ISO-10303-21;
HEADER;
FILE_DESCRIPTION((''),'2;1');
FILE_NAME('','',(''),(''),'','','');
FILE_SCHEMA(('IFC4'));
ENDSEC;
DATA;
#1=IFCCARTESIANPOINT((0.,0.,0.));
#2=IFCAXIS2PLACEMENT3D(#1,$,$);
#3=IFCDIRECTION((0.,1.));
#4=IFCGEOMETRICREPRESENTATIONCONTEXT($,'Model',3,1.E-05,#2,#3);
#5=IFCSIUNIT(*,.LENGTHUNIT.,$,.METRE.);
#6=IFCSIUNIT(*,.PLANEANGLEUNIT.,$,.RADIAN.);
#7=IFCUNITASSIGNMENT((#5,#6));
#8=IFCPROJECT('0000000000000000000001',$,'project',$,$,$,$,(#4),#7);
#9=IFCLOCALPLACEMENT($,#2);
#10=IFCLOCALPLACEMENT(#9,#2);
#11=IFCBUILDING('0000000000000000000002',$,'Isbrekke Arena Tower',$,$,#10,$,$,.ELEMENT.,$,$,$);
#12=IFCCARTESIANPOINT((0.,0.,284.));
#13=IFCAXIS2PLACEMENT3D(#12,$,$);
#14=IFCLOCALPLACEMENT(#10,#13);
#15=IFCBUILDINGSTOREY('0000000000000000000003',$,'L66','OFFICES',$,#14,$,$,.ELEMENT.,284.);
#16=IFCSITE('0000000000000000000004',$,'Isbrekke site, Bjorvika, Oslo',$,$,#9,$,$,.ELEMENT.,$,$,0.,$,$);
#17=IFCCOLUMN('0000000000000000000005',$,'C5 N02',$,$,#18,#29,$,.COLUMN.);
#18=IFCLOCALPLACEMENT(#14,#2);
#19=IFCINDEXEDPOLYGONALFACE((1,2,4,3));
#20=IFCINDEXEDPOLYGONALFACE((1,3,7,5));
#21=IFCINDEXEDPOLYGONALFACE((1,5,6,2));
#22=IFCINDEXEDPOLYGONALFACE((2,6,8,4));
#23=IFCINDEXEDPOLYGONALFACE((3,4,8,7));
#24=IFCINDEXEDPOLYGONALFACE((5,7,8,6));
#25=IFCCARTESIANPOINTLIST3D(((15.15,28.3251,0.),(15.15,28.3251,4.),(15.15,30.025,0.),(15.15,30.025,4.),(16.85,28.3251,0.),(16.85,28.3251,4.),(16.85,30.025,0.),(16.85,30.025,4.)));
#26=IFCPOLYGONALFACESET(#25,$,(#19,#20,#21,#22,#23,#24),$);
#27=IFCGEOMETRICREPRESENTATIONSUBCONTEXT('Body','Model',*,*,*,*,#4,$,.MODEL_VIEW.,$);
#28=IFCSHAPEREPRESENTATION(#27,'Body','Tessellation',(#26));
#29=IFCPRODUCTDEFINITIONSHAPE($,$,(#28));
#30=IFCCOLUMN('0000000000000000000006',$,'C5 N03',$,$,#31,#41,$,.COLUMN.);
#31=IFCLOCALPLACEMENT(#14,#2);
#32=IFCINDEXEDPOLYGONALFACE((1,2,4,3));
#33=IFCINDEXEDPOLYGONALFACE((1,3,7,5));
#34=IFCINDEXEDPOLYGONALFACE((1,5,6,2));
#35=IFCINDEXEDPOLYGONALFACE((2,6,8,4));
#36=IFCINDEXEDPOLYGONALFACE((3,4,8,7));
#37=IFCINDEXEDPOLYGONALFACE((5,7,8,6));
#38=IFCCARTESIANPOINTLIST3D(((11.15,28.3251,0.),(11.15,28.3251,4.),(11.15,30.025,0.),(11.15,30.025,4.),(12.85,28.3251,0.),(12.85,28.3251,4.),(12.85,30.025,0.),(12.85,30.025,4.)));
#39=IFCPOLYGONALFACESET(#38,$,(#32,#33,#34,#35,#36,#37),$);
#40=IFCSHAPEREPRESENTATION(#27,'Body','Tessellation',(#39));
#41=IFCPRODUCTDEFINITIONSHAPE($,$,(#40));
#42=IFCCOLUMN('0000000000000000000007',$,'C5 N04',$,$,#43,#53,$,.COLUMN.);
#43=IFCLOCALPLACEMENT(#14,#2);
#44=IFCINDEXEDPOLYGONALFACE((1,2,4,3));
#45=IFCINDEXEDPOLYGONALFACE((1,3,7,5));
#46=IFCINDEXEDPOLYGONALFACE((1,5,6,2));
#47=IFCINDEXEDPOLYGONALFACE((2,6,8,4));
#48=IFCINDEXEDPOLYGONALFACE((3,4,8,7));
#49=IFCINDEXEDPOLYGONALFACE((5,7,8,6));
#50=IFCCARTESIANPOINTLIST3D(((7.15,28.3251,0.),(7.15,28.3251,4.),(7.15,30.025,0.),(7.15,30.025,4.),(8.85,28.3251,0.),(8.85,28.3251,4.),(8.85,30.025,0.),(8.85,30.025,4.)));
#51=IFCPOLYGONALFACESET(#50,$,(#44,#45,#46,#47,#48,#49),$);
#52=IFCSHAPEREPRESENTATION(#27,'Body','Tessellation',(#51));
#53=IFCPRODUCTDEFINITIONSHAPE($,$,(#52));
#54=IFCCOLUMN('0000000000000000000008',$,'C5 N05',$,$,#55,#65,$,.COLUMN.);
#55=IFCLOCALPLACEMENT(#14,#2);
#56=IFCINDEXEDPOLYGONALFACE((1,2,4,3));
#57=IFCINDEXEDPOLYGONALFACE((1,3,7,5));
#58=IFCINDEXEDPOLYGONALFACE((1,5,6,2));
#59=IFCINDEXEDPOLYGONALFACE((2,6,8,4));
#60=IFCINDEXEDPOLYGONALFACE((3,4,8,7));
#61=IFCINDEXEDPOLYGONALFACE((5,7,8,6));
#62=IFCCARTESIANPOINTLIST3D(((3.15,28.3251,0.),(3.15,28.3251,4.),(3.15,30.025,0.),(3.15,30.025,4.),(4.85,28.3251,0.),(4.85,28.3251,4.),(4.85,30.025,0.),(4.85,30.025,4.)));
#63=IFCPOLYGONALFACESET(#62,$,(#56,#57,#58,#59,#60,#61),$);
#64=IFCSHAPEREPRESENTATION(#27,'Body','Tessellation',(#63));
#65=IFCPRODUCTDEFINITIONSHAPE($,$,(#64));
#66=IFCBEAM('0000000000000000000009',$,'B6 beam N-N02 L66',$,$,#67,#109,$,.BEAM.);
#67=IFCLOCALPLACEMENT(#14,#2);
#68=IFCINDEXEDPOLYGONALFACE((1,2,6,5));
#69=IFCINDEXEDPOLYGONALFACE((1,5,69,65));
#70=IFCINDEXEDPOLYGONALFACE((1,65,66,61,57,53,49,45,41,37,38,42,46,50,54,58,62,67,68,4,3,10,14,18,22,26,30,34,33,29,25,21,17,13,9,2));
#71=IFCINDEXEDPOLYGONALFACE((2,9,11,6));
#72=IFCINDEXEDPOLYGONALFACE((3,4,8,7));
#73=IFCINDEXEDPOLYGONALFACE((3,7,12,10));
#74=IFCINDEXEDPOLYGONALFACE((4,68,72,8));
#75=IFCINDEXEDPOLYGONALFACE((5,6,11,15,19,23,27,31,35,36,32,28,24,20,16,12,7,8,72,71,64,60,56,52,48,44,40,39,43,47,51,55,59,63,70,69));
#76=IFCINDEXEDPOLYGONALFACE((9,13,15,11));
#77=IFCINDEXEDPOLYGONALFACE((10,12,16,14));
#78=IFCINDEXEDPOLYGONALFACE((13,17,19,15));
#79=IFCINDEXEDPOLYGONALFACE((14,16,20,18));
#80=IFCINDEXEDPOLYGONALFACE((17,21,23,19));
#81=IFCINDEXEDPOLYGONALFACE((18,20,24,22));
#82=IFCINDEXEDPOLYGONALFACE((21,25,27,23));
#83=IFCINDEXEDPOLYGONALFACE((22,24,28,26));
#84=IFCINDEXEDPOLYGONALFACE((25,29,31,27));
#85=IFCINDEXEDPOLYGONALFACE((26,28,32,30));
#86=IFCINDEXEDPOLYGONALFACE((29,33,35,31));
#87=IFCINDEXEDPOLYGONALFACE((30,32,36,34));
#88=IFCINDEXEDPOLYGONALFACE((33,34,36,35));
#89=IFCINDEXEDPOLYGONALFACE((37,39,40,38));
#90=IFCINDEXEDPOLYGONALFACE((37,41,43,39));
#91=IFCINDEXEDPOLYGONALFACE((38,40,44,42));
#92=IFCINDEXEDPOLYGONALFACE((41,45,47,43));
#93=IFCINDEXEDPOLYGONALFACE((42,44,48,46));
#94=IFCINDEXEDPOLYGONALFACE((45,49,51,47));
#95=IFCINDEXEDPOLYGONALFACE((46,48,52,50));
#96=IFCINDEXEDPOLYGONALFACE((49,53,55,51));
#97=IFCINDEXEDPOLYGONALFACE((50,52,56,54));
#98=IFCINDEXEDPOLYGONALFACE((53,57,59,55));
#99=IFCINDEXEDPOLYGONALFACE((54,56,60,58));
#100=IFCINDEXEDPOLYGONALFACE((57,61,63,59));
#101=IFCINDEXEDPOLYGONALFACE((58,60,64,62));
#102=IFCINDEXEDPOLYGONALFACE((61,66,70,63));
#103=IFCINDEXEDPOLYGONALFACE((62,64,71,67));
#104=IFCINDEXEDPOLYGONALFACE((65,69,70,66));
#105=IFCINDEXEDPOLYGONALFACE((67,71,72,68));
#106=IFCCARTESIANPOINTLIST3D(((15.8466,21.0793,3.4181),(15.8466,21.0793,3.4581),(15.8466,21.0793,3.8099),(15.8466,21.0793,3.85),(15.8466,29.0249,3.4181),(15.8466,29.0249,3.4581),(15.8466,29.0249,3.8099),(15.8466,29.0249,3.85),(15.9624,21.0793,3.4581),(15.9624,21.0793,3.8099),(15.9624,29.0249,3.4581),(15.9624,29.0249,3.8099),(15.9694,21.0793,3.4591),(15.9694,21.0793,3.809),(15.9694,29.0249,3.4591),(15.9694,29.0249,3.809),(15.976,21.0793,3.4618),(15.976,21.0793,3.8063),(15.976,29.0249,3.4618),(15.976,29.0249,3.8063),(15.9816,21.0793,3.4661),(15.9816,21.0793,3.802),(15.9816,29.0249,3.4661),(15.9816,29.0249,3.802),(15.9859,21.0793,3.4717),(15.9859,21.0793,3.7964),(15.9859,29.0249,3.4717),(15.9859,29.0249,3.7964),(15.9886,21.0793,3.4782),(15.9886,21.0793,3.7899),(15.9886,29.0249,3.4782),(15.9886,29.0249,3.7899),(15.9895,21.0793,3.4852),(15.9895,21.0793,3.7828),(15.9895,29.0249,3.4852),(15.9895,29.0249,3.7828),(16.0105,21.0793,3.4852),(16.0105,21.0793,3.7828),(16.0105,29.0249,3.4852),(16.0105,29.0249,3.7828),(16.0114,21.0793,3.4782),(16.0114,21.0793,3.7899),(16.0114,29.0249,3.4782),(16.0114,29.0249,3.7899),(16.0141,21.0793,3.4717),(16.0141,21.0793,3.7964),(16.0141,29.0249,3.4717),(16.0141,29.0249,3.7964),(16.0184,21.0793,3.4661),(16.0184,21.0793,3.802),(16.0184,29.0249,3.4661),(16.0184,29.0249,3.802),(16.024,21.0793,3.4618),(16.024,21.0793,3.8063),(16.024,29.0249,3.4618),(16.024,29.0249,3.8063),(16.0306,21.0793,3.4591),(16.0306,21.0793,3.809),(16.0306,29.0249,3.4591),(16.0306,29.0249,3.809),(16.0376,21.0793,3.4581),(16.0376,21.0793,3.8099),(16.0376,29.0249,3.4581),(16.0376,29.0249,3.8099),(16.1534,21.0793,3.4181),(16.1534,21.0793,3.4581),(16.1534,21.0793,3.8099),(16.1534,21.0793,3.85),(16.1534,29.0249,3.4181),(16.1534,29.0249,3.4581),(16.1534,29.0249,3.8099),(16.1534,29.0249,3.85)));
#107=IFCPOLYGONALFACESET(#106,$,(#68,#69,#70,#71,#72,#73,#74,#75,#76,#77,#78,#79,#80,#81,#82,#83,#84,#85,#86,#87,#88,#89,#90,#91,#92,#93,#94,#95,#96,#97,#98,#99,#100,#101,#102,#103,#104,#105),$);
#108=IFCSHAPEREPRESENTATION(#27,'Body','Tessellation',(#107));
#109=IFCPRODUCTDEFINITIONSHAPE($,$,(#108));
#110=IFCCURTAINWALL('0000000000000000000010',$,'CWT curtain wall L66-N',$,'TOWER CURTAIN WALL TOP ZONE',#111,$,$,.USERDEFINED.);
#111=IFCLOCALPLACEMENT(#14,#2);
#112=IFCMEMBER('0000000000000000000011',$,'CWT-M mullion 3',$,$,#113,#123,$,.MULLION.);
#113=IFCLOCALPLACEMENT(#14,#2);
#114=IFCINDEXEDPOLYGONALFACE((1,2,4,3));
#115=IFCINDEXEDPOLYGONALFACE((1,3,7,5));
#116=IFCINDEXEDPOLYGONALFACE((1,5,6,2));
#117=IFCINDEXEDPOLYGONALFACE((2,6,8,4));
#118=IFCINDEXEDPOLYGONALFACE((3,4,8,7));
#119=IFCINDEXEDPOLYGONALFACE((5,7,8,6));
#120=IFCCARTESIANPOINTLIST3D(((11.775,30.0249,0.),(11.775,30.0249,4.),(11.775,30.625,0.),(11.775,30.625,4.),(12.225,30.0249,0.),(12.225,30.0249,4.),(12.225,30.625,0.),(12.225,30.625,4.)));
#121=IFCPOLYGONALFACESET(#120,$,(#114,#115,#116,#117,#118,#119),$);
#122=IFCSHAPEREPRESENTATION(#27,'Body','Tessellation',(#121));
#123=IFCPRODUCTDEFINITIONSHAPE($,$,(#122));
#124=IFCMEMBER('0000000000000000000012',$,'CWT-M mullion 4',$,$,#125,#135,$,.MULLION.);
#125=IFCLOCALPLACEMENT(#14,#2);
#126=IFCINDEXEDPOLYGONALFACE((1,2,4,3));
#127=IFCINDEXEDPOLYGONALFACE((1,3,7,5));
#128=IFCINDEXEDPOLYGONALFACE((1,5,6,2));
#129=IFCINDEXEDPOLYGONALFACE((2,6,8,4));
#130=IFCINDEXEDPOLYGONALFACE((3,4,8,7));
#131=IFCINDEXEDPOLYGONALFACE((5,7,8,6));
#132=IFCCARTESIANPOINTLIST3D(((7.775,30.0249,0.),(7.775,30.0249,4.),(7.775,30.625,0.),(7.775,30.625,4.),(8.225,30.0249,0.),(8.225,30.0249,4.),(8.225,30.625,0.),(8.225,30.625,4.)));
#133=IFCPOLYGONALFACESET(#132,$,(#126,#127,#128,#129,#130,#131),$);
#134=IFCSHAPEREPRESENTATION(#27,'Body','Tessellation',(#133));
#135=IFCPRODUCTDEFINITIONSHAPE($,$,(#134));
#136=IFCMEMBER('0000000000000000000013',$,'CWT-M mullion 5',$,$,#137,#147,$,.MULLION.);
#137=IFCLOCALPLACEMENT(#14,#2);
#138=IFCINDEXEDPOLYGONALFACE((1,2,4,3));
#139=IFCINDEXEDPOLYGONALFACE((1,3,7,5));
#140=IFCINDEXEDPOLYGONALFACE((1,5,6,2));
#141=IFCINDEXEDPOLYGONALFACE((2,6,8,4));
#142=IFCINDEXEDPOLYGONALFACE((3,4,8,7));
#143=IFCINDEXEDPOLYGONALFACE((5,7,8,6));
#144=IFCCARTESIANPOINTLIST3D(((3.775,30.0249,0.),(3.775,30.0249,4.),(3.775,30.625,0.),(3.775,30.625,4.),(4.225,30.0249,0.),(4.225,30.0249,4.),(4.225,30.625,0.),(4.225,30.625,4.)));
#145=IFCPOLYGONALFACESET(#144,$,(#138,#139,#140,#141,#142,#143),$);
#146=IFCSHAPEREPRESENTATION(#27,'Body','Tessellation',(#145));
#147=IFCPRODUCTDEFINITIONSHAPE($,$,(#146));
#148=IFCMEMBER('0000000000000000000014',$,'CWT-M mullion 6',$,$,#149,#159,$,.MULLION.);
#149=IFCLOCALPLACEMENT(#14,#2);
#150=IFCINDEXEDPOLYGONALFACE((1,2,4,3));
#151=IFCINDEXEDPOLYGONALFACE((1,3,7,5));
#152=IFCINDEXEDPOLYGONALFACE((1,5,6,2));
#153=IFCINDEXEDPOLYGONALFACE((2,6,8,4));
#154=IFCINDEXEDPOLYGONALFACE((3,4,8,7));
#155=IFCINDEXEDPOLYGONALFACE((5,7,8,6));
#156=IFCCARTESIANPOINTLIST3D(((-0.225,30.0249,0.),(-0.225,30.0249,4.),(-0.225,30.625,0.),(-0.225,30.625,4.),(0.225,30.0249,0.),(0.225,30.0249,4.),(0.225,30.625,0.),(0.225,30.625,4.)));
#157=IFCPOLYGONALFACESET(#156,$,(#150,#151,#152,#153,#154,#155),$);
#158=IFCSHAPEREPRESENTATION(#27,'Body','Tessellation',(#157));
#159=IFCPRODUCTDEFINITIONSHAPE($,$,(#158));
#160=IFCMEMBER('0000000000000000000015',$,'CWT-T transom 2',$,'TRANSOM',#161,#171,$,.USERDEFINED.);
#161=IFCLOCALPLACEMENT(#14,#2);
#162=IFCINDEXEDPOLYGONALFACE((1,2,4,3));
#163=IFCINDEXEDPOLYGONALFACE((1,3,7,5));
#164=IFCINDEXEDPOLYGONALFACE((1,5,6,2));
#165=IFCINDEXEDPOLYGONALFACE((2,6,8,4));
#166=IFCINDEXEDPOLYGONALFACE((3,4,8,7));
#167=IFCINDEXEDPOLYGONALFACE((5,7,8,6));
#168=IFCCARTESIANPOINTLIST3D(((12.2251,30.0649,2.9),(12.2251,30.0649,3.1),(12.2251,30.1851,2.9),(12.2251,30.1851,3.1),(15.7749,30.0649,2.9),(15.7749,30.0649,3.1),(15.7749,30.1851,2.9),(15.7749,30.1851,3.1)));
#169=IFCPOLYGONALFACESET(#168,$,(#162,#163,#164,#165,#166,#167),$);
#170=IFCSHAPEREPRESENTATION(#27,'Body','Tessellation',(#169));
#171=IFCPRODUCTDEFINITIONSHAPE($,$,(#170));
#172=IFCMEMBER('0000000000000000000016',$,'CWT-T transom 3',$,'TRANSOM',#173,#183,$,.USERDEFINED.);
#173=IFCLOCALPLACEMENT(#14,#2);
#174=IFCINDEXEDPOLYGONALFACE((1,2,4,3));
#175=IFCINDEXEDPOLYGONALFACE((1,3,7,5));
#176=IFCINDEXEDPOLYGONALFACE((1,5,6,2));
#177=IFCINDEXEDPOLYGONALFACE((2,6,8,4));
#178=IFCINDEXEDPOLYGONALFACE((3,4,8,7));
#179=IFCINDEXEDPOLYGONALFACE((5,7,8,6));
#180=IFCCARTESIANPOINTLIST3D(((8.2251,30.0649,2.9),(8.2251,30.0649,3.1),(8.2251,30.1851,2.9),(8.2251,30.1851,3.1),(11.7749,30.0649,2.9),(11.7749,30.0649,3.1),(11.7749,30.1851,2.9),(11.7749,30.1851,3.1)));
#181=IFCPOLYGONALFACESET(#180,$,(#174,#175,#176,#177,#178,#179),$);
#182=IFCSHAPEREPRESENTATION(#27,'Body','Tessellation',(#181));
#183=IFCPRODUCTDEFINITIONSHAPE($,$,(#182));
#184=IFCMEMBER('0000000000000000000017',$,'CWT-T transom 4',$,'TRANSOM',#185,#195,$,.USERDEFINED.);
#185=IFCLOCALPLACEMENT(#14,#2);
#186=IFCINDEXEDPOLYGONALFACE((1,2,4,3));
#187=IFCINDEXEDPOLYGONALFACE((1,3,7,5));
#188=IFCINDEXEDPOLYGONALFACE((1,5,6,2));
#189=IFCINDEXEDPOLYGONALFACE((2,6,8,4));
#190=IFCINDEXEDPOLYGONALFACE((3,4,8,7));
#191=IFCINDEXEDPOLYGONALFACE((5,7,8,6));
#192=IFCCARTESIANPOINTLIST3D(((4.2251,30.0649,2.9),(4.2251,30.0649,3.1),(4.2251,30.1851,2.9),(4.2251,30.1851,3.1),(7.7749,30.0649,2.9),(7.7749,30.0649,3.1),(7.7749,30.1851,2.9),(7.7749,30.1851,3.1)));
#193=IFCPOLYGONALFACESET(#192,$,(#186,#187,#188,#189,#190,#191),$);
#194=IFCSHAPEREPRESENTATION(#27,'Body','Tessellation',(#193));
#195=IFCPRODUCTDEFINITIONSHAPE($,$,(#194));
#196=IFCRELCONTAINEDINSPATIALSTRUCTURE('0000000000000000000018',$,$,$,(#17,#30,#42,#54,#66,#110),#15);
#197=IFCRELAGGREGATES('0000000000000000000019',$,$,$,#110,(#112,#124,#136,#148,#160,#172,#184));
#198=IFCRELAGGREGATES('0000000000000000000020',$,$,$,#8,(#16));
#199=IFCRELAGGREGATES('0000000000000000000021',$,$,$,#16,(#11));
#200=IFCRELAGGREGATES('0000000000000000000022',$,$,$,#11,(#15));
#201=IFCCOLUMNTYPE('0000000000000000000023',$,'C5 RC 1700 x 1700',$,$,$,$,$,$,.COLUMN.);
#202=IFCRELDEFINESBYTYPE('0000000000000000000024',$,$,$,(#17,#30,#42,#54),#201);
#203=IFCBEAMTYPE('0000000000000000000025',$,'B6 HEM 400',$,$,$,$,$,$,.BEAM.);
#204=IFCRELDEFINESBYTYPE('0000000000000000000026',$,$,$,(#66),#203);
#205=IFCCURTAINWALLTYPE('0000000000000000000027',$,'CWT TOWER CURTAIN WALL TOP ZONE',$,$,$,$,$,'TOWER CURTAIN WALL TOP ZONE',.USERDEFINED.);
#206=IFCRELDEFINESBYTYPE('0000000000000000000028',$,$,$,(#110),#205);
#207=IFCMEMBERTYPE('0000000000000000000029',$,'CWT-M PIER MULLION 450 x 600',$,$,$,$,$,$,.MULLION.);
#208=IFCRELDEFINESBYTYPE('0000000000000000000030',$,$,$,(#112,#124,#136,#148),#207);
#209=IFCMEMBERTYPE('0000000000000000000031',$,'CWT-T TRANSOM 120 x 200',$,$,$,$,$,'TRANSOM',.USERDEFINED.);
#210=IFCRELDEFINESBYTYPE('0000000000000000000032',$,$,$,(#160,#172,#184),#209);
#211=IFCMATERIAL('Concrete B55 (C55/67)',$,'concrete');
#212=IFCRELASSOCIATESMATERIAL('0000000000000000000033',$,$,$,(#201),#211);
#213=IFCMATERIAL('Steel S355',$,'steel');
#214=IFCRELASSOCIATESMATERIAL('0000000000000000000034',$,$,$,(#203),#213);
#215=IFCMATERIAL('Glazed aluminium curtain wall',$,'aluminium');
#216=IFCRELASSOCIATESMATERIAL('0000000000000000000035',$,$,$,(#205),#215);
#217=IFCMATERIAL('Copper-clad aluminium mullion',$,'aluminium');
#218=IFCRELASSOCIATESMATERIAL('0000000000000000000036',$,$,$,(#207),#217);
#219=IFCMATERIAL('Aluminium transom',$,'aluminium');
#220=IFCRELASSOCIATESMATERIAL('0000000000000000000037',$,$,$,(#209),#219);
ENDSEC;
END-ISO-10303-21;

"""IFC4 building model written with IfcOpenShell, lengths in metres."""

from ifc_helpers import new_model, si_unit, direction, frame, origin, origin_2d, place, context, subcontext, project, spatial, rectangle, i_section, extrude, material, material_profile, profile_set, type_object, element, aggregate, save


model = new_model("IFC4")

# Units and contexts
model_context = context("Model", 3, precision=1e-05, world=origin(), true_north=direction((0.0, 1.0)))
body_context = subcontext(model_context, "Body", "Model", "MODEL_VIEW")
ifc_project = project(units=[si_unit("LENGTHUNIT", "METRE"), si_unit("PLANEANGLEUNIT", "RADIAN")], contexts=[model_context])

# Site, building, storey
site_placement = place(None, origin())
site = spatial("IfcSite", under=ifc_project, at=site_placement, Name="Isbrekke site, Bjorvika, Oslo", CompositionType="ELEMENT", RefElevation=0.0)
building_placement = place(site_placement, origin())
building = spatial("IfcBuilding", under=site, at=building_placement, Name="Isbrekke Arena Tower", CompositionType="ELEMENT")
storey_placement = place(building_placement, frame((0.0, 0.0, 284.0)))
storey = spatial("IfcBuildingStorey", under=building, at=storey_placement, Name="L66", Description="OFFICES", CompositionType="ELEMENT", Elevation=284.0)

# Columns
ifc_material_1 = material(Name="Concrete B55 (C55/67)", Category="concrete")
ifc_material_profile_1 = material_profile(ifc_material_1, rectangle(XDim=1.7, YDim=1.7, at=origin_2d()), Name="RC 1700x1700")
ifc_profile_set_1 = profile_set([ifc_material_profile_1], Name="Concrete B55 (C55/67)")
column_type = type_object("IfcColumnType", Name="C5 RC 1700 x 1700", PredefinedType="COLUMN", material=ifc_profile_set_1)
for number, where, z_axis, x_axis, name in (
    (1, (16.0, 29.175, 0.0), (0.0, 0.0, 1.0), (-1.0, 0.0, 0.0), "C5 N02"),
    (2, (12.0, 29.175, 0.0), (0.0, 0.0, 1.0), (-1.0, 0.0, 0.0), "C5 N03"),
    (3, (8.0, 29.175, 0.0), (0.0, 0.0, 1.0), (-1.0, 0.0, 0.0), "C5 N04"),
    (4, (4.0, 29.175, 0.0), (0.0, 0.0, 1.0), (-1.0, 0.0, 0.0), "C5 N05"),
):
    element("IfcColumn", number, at=place(storey_placement, frame(where, z_axis=z_axis, x_axis=x_axis)), inside=storey, type_object=column_type, Name=name, PredefinedType="COLUMN", context=body_context, shape_type="SweptSolid", body=[
        extrude(rectangle(XDim=1.7, YDim=1.7, at=origin_2d()), origin(), (0.0, 0.0, 1.0), 4.0),
    ])

# Beam
ifc_material_2 = material(Name="Steel S355", Category="steel")
ifc_material_profile_2 = material_profile(ifc_material_2, i_section(OverallWidth=0.3069, OverallDepth=0.4319, WebThickness=0.021, FlangeThickness=0.04, FilletRadius=0.0271, at=origin_2d()), Name="HEM 400")
ifc_profile_set_2 = profile_set([ifc_material_profile_2], Name="Steel S355")
beam_type_1 = type_object("IfcBeamType", Name="B6 HEM 400", PredefinedType="BEAM", material=ifc_profile_set_2)
beam_placement = place(storey_placement, frame((16.0, 29.0249, 3.634), z_axis=(0.0, -1.0, 0.0), x_axis=(1.0, 0.0, 0.0)))
element("IfcBeam", 5, at=beam_placement, inside=storey, type_object=beam_type_1, Name="B6 beam N-N02 L66", PredefinedType="BEAM", context=body_context, shape_type="SweptSolid", body=[
    extrude(i_section(OverallWidth=0.3069, OverallDepth=0.4319, WebThickness=0.021, FlangeThickness=0.04, FilletRadius=0.0271, at=origin_2d()), origin(), (0.0, 0.0, 1.0), 7.9456),
])

# Curtain wall, members
ifc_material_3 = material(Name="Glazed aluminium curtain wall", Category="aluminium")
curtain_wall_type = type_object("IfcCurtainWallType", Name="CWT TOWER CURTAIN WALL TOP ZONE", ElementType="TOWER CURTAIN WALL TOP ZONE", PredefinedType="USERDEFINED", material=ifc_material_3)
curtain_wall_placement = place(storey_placement, origin())
curtain_wall = element("IfcCurtainWall", 6, at=curtain_wall_placement, inside=storey, type_object=curtain_wall_type, Name="CWT curtain wall L66-N", ObjectType="TOWER CURTAIN WALL TOP ZONE", PredefinedType="USERDEFINED")
ifc_material_4 = material(Name="Copper-clad aluminium mullion", Category="aluminium")
ifc_material_profile_3 = material_profile(ifc_material_4, rectangle(XDim=0.45, YDim=0.6001, at=origin_2d()), Name="PIER 450X600")
ifc_profile_set_3 = profile_set([ifc_material_profile_3], Name="Copper-clad aluminium mullion")
member_type_1 = type_object("IfcMemberType", Name="CWT-M PIER MULLION 450 x 600", PredefinedType="MULLION", material=ifc_profile_set_3)
member_1_placement = place(storey_placement, frame((12.0, 30.325, 0.0), z_axis=(0.0, 0.0, 1.0), x_axis=(-1.0, 0.0, 0.0)))
member_1 = element("IfcMember", 7, at=member_1_placement, type_object=member_type_1, Name="CWT-M mullion 3", PredefinedType="MULLION", context=body_context, shape_type="SweptSolid", body=[
    extrude(rectangle(XDim=0.45, YDim=0.6001, at=origin_2d()), origin(), (0.0, 0.0, 1.0), 4.0),
])
member_2_placement = place(storey_placement, frame((8.0, 30.325, 0.0), z_axis=(0.0, 0.0, 1.0), x_axis=(-1.0, 0.0, 0.0)))
member_2 = element("IfcMember", 8, at=member_2_placement, type_object=member_type_1, Name="CWT-M mullion 4", PredefinedType="MULLION", context=body_context, shape_type="SweptSolid", body=[
    extrude(rectangle(XDim=0.45, YDim=0.6001, at=origin_2d()), origin(), (0.0, 0.0, 1.0), 4.0),
])
member_3_placement = place(storey_placement, frame((4.0, 30.325, 0.0), z_axis=(0.0, 0.0, 1.0), x_axis=(-1.0, 0.0, 0.0)))
member_3 = element("IfcMember", 9, at=member_3_placement, type_object=member_type_1, Name="CWT-M mullion 5", PredefinedType="MULLION", context=body_context, shape_type="SweptSolid", body=[
    extrude(rectangle(XDim=0.45, YDim=0.6001, at=origin_2d()), origin(), (0.0, 0.0, 1.0), 4.0),
])
member_4_placement = place(storey_placement, frame((0.0, 30.325, 0.0), z_axis=(0.0, 0.0, 1.0), x_axis=(-1.0, 0.0, 0.0)))
member_4 = element("IfcMember", 10, at=member_4_placement, type_object=member_type_1, Name="CWT-M mullion 6", PredefinedType="MULLION", context=body_context, shape_type="SweptSolid", body=[
    extrude(rectangle(XDim=0.45, YDim=0.6001, at=origin_2d()), origin(), (0.0, 0.0, 1.0), 4.0),
])
ifc_material_5 = material(Name="Aluminium transom", Category="aluminium")
ifc_material_profile_4 = material_profile(ifc_material_5, rectangle(XDim=0.1201, YDim=0.2, at=origin_2d()), Name="TRANSOM 120X200")
ifc_profile_set_4 = profile_set([ifc_material_profile_4], Name="Aluminium transom")
member_type_2 = type_object("IfcMemberType", Name="CWT-T TRANSOM 120 x 200", ElementType="TRANSOM", PredefinedType="USERDEFINED", material=ifc_profile_set_4)
member_5_placement = place(storey_placement, frame((15.7749, 30.125, 3.0), z_axis=(-1.0, 0.0, 0.0), x_axis=(0.0, -1.0, 0.0)))
member_5 = element("IfcMember", 11, at=member_5_placement, type_object=member_type_2, Name="CWT-T transom 2", ObjectType="TRANSOM", PredefinedType="USERDEFINED", context=body_context, shape_type="SweptSolid", body=[
    extrude(rectangle(XDim=0.1201, YDim=0.2, at=origin_2d()), origin(), (0.0, 0.0, 1.0), 3.5498),
])
member_6_placement = place(storey_placement, frame((11.7749, 30.125, 3.0), z_axis=(-1.0, 0.0, 0.0), x_axis=(0.0, -1.0, 0.0)))
member_6 = element("IfcMember", 12, at=member_6_placement, type_object=member_type_2, Name="CWT-T transom 3", ObjectType="TRANSOM", PredefinedType="USERDEFINED", context=body_context, shape_type="SweptSolid", body=[
    extrude(rectangle(XDim=0.1201, YDim=0.2, at=origin_2d()), origin(), (0.0, 0.0, 1.0), 3.5498),
])
member_7_placement = place(storey_placement, frame((7.7749, 30.125, 3.0), z_axis=(-1.0, 0.0, 0.0), x_axis=(0.0, -1.0, 0.0)))
member_7 = element("IfcMember", 13, at=member_7_placement, type_object=member_type_2, Name="CWT-T transom 4", ObjectType="TRANSOM", PredefinedType="USERDEFINED", context=body_context, shape_type="SweptSolid", body=[
    extrude(rectangle(XDim=0.1201, YDim=0.2, at=origin_2d()), origin(), (0.0, 0.0, 1.0), 3.5498),
])

aggregate(curtain_wall, [member_1, member_2, member_3, member_4, member_5, member_6, member_7])

save(model, "model.ifc")
